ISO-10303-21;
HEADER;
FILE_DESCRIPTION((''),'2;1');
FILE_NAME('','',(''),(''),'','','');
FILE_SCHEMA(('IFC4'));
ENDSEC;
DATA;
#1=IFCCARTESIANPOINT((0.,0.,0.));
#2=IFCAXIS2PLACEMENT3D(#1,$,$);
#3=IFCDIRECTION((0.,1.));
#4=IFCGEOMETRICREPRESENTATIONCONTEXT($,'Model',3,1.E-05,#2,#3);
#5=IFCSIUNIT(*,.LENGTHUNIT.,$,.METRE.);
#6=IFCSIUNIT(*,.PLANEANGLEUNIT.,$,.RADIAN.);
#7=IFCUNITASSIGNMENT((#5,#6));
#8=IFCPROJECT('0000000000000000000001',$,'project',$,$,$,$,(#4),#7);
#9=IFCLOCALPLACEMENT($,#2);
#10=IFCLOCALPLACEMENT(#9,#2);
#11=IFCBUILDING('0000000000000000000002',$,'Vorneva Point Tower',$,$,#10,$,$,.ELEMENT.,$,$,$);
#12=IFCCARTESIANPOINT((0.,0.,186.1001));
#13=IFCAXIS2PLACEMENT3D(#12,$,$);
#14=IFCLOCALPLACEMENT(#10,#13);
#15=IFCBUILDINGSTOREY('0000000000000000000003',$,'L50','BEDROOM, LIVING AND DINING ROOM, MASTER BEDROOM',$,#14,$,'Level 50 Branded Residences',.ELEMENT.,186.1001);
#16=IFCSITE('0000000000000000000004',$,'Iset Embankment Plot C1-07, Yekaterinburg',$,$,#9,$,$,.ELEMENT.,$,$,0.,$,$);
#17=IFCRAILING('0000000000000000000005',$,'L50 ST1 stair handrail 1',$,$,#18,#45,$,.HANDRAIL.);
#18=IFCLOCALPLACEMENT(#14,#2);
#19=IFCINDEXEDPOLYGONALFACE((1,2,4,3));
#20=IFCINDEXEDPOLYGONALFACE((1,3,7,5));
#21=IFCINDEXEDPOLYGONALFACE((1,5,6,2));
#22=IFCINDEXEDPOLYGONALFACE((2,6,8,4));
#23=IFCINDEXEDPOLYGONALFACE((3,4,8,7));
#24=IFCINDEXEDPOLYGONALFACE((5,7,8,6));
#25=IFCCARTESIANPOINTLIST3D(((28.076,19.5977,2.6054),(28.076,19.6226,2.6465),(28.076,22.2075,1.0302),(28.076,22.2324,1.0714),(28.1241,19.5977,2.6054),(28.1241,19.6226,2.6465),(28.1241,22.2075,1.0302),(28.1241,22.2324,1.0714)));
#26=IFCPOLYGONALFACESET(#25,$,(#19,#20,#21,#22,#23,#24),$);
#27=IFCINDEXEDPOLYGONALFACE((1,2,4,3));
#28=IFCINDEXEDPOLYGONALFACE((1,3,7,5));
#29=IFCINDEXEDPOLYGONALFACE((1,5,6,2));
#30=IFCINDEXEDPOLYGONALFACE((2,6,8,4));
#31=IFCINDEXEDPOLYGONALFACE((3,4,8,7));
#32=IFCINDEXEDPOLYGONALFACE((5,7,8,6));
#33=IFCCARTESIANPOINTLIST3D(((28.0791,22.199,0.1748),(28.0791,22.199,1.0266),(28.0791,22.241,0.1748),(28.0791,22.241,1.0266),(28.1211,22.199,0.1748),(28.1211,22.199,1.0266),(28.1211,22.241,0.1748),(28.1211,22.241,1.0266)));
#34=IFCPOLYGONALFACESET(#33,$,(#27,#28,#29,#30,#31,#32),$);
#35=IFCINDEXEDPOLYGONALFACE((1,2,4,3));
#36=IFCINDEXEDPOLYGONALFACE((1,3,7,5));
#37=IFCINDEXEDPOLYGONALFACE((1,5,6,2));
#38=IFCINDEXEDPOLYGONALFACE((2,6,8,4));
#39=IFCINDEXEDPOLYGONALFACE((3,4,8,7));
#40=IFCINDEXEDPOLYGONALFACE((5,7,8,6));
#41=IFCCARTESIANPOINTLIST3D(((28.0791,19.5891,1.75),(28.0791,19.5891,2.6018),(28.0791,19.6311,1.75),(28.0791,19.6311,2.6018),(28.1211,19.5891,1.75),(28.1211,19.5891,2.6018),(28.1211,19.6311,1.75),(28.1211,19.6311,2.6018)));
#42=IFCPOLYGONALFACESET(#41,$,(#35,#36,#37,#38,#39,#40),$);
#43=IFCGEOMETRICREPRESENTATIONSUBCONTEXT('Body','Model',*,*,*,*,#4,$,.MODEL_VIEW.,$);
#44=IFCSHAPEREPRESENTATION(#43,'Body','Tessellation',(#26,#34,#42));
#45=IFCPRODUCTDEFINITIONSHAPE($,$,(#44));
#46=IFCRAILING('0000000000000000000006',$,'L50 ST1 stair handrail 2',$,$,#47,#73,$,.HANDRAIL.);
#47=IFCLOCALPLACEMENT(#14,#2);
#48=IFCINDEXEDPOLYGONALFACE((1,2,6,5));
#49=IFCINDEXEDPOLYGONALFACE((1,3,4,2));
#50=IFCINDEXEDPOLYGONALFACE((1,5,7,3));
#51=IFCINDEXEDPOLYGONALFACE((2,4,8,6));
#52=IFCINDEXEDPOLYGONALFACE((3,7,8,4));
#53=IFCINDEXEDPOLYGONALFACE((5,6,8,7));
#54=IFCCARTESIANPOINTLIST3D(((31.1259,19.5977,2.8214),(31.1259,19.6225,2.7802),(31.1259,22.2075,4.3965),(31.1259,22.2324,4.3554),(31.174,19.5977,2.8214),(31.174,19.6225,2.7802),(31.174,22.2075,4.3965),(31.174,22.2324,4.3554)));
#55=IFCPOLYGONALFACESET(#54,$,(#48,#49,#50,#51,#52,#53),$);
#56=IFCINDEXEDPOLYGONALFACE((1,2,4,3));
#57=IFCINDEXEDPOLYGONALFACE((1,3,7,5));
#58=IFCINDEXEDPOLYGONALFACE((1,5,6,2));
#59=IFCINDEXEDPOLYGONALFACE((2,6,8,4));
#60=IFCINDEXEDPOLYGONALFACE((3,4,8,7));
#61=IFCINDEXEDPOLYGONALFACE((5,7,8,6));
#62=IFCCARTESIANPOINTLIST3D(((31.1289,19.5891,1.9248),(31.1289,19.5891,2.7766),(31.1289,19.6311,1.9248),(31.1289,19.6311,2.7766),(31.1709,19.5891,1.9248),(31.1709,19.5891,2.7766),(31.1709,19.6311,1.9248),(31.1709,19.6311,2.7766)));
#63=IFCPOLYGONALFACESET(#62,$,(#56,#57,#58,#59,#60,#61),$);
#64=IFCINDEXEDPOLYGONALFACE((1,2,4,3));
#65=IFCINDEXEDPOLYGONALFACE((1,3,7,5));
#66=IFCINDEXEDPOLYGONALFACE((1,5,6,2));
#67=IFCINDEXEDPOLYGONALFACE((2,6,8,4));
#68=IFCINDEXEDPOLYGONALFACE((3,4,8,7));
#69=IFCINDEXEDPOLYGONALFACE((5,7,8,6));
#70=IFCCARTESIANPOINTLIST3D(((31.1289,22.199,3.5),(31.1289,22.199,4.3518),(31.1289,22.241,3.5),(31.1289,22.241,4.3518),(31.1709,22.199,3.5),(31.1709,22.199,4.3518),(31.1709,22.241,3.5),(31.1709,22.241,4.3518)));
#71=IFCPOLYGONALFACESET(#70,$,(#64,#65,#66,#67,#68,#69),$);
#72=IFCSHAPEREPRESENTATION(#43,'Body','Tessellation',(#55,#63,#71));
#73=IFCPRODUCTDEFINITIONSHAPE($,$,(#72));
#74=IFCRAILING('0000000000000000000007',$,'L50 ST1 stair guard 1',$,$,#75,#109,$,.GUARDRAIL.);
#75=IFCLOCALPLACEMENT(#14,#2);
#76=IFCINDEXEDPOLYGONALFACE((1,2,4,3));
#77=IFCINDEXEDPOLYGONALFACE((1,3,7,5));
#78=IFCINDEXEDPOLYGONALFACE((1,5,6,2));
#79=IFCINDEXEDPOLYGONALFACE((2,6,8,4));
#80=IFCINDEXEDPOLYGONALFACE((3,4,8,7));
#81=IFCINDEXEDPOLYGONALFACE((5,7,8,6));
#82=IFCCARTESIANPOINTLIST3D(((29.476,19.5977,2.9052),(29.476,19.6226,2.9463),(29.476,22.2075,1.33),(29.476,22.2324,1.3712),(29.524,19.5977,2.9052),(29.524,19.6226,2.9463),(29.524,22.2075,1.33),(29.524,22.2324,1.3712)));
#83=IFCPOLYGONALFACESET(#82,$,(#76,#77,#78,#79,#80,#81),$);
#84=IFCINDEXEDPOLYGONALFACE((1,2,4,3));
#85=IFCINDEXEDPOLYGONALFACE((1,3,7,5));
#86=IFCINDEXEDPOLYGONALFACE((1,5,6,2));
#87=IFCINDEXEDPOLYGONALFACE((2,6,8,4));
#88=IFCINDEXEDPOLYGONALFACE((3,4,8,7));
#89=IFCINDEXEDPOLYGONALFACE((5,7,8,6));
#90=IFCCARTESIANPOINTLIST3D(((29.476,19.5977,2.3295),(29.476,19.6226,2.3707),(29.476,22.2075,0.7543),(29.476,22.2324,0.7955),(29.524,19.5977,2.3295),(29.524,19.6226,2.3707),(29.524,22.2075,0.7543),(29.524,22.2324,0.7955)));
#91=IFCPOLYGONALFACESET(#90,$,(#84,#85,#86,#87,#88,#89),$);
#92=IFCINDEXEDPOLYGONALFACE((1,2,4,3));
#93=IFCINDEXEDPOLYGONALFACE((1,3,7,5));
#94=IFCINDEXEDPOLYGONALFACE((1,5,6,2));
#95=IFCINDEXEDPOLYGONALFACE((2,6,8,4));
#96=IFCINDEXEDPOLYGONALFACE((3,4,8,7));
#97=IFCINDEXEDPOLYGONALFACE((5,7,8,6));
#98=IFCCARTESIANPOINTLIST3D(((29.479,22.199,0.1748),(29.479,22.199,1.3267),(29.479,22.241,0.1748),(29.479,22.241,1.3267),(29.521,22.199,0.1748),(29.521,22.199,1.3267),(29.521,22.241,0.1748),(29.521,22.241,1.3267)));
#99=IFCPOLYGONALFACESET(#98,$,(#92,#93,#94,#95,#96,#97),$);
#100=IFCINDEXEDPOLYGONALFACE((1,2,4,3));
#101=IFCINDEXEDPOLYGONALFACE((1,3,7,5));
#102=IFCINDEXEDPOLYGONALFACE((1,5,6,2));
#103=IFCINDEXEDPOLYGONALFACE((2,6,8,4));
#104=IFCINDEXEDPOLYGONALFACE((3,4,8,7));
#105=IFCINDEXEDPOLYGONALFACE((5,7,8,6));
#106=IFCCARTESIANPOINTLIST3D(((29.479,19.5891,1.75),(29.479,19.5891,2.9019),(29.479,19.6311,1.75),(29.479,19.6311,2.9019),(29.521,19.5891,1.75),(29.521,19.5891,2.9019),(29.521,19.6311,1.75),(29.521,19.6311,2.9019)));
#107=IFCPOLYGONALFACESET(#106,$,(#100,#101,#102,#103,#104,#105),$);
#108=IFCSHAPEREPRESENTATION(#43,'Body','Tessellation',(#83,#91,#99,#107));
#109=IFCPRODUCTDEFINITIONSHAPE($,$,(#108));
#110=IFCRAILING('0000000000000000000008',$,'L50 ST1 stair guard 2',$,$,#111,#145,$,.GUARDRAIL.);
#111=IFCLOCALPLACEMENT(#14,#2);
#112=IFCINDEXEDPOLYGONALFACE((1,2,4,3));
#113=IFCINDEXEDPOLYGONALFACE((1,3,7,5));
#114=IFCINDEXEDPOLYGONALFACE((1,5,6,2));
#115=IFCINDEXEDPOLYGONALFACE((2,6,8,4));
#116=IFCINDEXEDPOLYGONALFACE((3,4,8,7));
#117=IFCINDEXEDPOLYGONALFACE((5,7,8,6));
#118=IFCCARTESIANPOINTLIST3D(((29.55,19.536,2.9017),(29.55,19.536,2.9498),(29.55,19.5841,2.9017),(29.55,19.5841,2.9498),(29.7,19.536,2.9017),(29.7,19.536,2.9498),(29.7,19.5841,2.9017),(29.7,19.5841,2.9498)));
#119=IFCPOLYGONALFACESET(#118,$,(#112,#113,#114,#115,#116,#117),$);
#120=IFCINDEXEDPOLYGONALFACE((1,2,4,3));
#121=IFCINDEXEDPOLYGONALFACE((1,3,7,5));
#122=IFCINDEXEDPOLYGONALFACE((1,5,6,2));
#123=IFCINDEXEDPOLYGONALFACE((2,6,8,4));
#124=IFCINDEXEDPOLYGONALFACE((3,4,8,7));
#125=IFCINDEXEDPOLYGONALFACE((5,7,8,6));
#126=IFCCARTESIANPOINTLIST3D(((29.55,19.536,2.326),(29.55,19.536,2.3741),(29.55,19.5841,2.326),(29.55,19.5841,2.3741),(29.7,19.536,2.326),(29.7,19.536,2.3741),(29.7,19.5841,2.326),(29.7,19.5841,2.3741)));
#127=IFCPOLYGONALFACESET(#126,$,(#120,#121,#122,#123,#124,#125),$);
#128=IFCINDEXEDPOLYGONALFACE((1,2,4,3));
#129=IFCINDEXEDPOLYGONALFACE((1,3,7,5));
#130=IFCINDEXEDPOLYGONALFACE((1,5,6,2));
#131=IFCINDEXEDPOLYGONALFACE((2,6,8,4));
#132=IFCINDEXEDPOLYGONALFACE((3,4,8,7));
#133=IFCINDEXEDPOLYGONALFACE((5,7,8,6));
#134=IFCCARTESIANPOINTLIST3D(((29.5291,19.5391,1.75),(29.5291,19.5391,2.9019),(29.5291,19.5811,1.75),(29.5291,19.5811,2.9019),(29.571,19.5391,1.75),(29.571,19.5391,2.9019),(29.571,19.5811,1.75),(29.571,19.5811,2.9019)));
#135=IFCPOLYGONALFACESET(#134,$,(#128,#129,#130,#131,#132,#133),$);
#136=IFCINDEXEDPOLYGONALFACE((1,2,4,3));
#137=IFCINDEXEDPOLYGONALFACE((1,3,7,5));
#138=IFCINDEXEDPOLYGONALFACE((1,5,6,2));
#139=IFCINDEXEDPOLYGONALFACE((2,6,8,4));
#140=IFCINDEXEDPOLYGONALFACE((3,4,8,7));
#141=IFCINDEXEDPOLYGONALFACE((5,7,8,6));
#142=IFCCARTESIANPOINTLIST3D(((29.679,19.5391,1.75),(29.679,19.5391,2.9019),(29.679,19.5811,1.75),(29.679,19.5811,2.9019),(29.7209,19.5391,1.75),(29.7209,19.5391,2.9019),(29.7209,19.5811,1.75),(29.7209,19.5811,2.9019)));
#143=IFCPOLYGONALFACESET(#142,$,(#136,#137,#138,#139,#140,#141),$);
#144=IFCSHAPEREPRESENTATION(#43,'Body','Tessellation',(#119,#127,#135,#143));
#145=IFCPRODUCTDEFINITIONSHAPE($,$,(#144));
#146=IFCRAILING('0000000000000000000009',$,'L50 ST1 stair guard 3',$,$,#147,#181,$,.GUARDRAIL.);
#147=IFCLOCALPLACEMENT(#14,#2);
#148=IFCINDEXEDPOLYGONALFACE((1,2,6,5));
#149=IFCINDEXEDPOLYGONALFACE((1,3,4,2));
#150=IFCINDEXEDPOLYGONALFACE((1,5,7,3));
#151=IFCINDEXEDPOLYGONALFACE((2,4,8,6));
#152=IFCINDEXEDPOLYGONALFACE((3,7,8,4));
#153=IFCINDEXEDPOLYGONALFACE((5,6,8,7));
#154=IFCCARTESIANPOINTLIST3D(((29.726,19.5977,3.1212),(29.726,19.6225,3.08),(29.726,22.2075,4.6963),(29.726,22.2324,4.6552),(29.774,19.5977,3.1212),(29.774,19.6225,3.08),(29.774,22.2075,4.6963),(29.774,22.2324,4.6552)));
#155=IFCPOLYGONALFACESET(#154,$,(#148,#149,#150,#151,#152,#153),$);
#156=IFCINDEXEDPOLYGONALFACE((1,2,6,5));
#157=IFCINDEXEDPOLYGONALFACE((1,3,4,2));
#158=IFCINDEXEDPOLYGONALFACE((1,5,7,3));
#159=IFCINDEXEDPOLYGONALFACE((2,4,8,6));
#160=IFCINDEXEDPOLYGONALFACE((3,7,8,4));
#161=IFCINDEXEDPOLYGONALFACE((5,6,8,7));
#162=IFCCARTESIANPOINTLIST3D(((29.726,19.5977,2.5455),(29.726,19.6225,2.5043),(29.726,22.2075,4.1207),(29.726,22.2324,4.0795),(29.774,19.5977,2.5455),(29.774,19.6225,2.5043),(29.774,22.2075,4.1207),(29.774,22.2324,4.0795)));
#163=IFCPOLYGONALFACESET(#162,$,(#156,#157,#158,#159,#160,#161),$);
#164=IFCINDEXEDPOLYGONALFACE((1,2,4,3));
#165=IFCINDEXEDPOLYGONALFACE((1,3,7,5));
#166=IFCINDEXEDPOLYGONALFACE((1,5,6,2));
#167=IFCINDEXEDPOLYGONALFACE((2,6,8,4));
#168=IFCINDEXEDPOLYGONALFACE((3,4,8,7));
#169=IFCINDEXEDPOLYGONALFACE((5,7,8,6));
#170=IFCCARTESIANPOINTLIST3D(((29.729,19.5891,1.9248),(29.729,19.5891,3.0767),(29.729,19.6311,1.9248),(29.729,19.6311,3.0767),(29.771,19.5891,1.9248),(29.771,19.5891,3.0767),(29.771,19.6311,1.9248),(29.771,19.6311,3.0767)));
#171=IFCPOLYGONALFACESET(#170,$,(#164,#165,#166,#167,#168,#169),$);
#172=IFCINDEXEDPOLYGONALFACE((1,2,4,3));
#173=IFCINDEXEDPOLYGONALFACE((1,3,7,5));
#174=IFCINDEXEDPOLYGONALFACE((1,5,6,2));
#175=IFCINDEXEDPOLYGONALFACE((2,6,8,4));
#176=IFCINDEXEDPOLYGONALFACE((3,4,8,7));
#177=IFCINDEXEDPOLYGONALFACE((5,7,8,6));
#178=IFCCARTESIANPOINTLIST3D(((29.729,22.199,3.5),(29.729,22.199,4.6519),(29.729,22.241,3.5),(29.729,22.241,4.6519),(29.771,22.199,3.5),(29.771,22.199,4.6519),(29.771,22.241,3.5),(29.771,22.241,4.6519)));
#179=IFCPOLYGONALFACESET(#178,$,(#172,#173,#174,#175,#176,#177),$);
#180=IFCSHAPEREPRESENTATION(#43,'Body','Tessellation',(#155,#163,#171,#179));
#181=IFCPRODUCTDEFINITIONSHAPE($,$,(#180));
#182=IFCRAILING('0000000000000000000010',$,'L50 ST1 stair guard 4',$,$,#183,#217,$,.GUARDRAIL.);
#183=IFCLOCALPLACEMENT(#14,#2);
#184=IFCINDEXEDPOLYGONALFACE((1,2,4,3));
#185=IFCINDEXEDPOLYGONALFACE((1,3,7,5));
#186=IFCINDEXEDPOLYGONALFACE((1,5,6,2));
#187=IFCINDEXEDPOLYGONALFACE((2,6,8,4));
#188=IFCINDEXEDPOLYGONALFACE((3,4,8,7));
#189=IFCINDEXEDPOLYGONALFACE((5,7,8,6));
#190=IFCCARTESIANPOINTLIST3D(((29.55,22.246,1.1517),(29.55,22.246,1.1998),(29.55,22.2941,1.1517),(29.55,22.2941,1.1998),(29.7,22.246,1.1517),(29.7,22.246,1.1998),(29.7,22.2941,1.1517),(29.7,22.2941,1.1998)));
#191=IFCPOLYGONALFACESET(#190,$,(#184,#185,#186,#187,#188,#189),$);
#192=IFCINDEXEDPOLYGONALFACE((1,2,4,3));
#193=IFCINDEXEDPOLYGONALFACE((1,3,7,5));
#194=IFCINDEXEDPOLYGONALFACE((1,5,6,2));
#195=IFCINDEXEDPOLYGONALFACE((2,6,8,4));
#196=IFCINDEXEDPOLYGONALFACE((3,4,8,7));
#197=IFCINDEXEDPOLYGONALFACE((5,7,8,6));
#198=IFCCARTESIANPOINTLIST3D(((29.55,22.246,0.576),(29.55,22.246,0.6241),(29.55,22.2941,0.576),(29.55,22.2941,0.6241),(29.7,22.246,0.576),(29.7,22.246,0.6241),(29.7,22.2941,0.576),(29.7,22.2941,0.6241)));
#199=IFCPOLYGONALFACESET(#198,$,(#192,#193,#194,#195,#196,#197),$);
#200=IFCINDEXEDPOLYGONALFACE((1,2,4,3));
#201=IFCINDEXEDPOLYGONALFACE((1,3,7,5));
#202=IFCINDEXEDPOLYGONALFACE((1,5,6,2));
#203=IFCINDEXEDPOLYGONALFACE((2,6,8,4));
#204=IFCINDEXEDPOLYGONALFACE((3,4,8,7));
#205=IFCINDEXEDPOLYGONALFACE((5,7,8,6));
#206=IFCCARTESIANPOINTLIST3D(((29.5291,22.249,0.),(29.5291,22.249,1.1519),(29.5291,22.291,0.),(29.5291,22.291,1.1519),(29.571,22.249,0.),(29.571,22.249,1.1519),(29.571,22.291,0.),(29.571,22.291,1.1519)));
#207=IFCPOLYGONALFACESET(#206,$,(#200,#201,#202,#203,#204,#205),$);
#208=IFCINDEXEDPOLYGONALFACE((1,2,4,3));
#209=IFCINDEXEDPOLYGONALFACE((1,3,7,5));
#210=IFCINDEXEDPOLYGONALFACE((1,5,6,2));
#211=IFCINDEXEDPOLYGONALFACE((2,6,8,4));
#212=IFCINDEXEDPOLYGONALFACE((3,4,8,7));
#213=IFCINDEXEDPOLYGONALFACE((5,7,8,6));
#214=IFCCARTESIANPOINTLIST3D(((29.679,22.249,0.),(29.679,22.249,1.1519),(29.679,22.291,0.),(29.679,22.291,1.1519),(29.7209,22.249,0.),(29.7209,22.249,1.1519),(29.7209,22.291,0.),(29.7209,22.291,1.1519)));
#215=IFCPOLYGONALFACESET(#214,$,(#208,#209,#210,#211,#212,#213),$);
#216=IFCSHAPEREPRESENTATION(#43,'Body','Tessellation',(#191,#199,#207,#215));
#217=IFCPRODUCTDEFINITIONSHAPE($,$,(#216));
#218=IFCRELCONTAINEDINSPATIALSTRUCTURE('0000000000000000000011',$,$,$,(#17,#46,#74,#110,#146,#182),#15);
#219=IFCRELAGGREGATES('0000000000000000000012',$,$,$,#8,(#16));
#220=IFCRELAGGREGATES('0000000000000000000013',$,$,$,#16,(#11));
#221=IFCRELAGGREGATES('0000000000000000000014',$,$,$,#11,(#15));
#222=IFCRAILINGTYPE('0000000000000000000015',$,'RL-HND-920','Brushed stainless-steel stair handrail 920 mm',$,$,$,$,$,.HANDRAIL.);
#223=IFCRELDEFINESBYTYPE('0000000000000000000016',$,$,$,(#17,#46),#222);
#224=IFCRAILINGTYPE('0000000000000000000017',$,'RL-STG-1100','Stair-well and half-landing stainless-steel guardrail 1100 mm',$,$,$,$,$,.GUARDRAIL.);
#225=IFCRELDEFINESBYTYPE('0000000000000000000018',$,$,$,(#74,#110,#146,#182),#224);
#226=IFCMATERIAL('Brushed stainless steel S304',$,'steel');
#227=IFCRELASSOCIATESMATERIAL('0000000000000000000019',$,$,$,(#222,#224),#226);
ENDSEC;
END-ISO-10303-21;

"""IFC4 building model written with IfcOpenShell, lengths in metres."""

from ifc_helpers import new_model, si_unit, direction, frame, origin, origin_2d, place, context, subcontext, project, spatial, rectangle, extrude, material, type_object, element, save


model = new_model("IFC4")

# Units and contexts
model_context = context("Model", 3, precision=1e-05, world=origin(), true_north=direction((0.0, 1.0)))
body_context = subcontext(model_context, "Body", "Model", "MODEL_VIEW")
ifc_project = project(units=[si_unit("LENGTHUNIT", "METRE"), si_unit("PLANEANGLEUNIT", "RADIAN")], contexts=[model_context])

# Site, building, storey
site_placement = place(None, origin())
site = spatial("IfcSite", under=ifc_project, at=site_placement, Name="Iset Embankment Plot C1-07, Yekaterinburg", CompositionType="ELEMENT", RefElevation=0.0)
building_placement = place(site_placement, origin())
building = spatial("IfcBuilding", under=site, at=building_placement, Name="Vorneva Point Tower", CompositionType="ELEMENT")
storey_placement = place(building_placement, frame((0.0, 0.0, 186.1001)))
storey = spatial("IfcBuildingStorey", under=building, at=storey_placement, Name="L50", Description="BEDROOM, LIVING AND DINING ROOM, MASTER BEDROOM", LongName="Level 50 Branded Residences", CompositionType="ELEMENT", Elevation=186.1001)

# Shared definitions
ifc_material_1 = material(Name="Brushed stainless steel S304", Category="steel")

# Railings
railing_type_1 = type_object("IfcRailingType", Name="RL-HND-920", Description="Brushed stainless-steel stair handrail 920 mm", PredefinedType="HANDRAIL", material=ifc_material_1)
railing_1_placement = place(storey_placement, frame((28.1001, 22.22, 0.1748)))
element("IfcRailing", 1, at=railing_1_placement, inside=storey, type_object=railing_type_1, Name="L50 ST1 stair handrail 1", PredefinedType="HANDRAIL", context=body_context, shape_type="SweptSolid", body=[
    extrude(rectangle(XDim=0.0481, YDim=0.0481, at=origin_2d()), frame((0.0, 0.0, 0.876), z_axis=(0.0, -0.856147, 0.516732), x_axis=(1.0, 0.0, 0.0)), (0.0, 0.0, 1.0), 3.0483),
    extrude(rectangle(XDim=0.042, YDim=0.042, at=origin_2d()), origin(), (0.0, 0.0, 1.0), 0.8518),
    extrude(rectangle(XDim=0.042, YDim=0.042, at=origin_2d()), frame((0.0, -2.6099, 1.5752)), (0.0, 0.0, 1.0), 0.8518),
])
railing_2_placement = place(storey_placement, frame((31.1499, 19.6101, 1.9248)))
element("IfcRailing", 2, at=railing_2_placement, inside=storey, type_object=railing_type_1, Name="L50 ST1 stair handrail 2", PredefinedType="HANDRAIL", context=body_context, shape_type="SweptSolid", body=[
    extrude(rectangle(XDim=0.0481, YDim=0.0481, at=origin_2d()), frame((0.0, 0.0, 0.876), z_axis=(0.0, 0.856147, 0.516732), x_axis=(-1.0, 0.0, 0.0)), (0.0, 0.0, 1.0), 3.0483),
    extrude(rectangle(XDim=0.042, YDim=0.042, at=origin_2d()), origin(), (0.0, 0.0, 1.0), 0.8518),
    extrude(rectangle(XDim=0.042, YDim=0.042, at=origin_2d()), frame((0.0, 2.6099, 1.5752)), (0.0, 0.0, 1.0), 0.8518),
])
railing_type_2 = type_object("IfcRailingType", Name="RL-STG-1100", Description="Stair-well and half-landing stainless-steel guardrail 1100 mm", PredefinedType="GUARDRAIL", material=ifc_material_1)
railing_3_placement = place(storey_placement, frame((29.5, 22.22, 0.1748)))
element("IfcRailing", 3, at=railing_3_placement, inside=storey, type_object=railing_type_2, Name="L50 ST1 stair guard 1", PredefinedType="GUARDRAIL", context=body_context, shape_type="SweptSolid", body=[
    extrude(rectangle(XDim=0.0481, YDim=0.0481, at=origin_2d()), frame((0.0, 0.0, 1.1758), z_axis=(0.0, -0.856147, 0.516732), x_axis=(1.0, 0.0, 0.0)), (0.0, 0.0, 1.0), 3.0483),
    extrude(rectangle(XDim=0.0481, YDim=0.0481, at=origin_2d()), frame((0.0, 0.0, 0.6001), z_axis=(0.0, -0.856147, 0.516732), x_axis=(1.0, 0.0, 0.0)), (0.0, 0.0, 1.0), 3.0483),
    extrude(rectangle(XDim=0.042, YDim=0.042, at=origin_2d()), origin(), (0.0, 0.0, 1.0), 1.1519),
    extrude(rectangle(XDim=0.042, YDim=0.042, at=origin_2d()), frame((0.0, -2.6099, 1.5752)), (0.0, 0.0, 1.0), 1.1519),
])
railing_4_placement = place(storey_placement, frame((29.55, 19.5601, 1.75)))
element("IfcRailing", 4, at=railing_4_placement, inside=storey, type_object=railing_type_2, Name="L50 ST1 stair guard 2", PredefinedType="GUARDRAIL", context=body_context, shape_type="SweptSolid", body=[
    extrude(rectangle(XDim=0.0481, YDim=0.0481, at=origin_2d()), frame((0.0, 0.0, 1.1758), z_axis=(1.0, 0.0, 0.0), x_axis=(0.0, 1.0, 0.0)), (0.0, 0.0, 1.0), 0.1499),
    extrude(rectangle(XDim=0.0481, YDim=0.0481, at=origin_2d()), frame((0.0, 0.0, 0.6001), z_axis=(1.0, 0.0, 0.0), x_axis=(0.0, 1.0, 0.0)), (0.0, 0.0, 1.0), 0.1499),
    extrude(rectangle(XDim=0.042, YDim=0.042, at=origin_2d()), origin(), (0.0, 0.0, 1.0), 1.1519),
    extrude(rectangle(XDim=0.042, YDim=0.042, at=origin_2d()), frame((0.1499, 0.0, 0.0)), (0.0, 0.0, 1.0), 1.1519),
])
railing_5_placement = place(storey_placement, frame((29.75, 19.6101, 1.9248)))
element("IfcRailing", 5, at=railing_5_placement, inside=storey, type_object=railing_type_2, Name="L50 ST1 stair guard 3", PredefinedType="GUARDRAIL", context=body_context, shape_type="SweptSolid", body=[
    extrude(rectangle(XDim=0.0481, YDim=0.0481, at=origin_2d()), frame((0.0, 0.0, 1.1758), z_axis=(0.0, 0.856147, 0.516732), x_axis=(-1.0, 0.0, 0.0)), (0.0, 0.0, 1.0), 3.0483),
    extrude(rectangle(XDim=0.0481, YDim=0.0481, at=origin_2d()), frame((0.0, 0.0, 0.6001), z_axis=(0.0, 0.856147, 0.516732), x_axis=(-1.0, 0.0, 0.0)), (0.0, 0.0, 1.0), 3.0483),
    extrude(rectangle(XDim=0.042, YDim=0.042, at=origin_2d()), origin(), (0.0, 0.0, 1.0), 1.1519),
    extrude(rectangle(XDim=0.042, YDim=0.042, at=origin_2d()), frame((0.0, 2.6099, 1.5752)), (0.0, 0.0, 1.0), 1.1519),
])
railing_6_placement = place(storey_placement, frame((29.55, 22.27, 0.0)))
element("IfcRailing", 6, at=railing_6_placement, inside=storey, type_object=railing_type_2, Name="L50 ST1 stair guard 4", PredefinedType="GUARDRAIL", context=body_context, shape_type="SweptSolid", body=[
    extrude(rectangle(XDim=0.0481, YDim=0.0481, at=origin_2d()), frame((0.0, 0.0, 1.1758), z_axis=(1.0, 0.0, 0.0), x_axis=(0.0, 1.0, 0.0)), (0.0, 0.0, 1.0), 0.1499),
    extrude(rectangle(XDim=0.0481, YDim=0.0481, at=origin_2d()), frame((0.0, 0.0, 0.6001), z_axis=(1.0, 0.0, 0.0), x_axis=(0.0, 1.0, 0.0)), (0.0, 0.0, 1.0), 0.1499),
    extrude(rectangle(XDim=0.042, YDim=0.042, at=origin_2d()), origin(), (0.0, 0.0, 1.0), 1.1519),
    extrude(rectangle(XDim=0.042, YDim=0.042, at=origin_2d()), frame((0.1499, 0.0, 0.0)), (0.0, 0.0, 1.0), 1.1519),
])

save(model, "model.ifc")
